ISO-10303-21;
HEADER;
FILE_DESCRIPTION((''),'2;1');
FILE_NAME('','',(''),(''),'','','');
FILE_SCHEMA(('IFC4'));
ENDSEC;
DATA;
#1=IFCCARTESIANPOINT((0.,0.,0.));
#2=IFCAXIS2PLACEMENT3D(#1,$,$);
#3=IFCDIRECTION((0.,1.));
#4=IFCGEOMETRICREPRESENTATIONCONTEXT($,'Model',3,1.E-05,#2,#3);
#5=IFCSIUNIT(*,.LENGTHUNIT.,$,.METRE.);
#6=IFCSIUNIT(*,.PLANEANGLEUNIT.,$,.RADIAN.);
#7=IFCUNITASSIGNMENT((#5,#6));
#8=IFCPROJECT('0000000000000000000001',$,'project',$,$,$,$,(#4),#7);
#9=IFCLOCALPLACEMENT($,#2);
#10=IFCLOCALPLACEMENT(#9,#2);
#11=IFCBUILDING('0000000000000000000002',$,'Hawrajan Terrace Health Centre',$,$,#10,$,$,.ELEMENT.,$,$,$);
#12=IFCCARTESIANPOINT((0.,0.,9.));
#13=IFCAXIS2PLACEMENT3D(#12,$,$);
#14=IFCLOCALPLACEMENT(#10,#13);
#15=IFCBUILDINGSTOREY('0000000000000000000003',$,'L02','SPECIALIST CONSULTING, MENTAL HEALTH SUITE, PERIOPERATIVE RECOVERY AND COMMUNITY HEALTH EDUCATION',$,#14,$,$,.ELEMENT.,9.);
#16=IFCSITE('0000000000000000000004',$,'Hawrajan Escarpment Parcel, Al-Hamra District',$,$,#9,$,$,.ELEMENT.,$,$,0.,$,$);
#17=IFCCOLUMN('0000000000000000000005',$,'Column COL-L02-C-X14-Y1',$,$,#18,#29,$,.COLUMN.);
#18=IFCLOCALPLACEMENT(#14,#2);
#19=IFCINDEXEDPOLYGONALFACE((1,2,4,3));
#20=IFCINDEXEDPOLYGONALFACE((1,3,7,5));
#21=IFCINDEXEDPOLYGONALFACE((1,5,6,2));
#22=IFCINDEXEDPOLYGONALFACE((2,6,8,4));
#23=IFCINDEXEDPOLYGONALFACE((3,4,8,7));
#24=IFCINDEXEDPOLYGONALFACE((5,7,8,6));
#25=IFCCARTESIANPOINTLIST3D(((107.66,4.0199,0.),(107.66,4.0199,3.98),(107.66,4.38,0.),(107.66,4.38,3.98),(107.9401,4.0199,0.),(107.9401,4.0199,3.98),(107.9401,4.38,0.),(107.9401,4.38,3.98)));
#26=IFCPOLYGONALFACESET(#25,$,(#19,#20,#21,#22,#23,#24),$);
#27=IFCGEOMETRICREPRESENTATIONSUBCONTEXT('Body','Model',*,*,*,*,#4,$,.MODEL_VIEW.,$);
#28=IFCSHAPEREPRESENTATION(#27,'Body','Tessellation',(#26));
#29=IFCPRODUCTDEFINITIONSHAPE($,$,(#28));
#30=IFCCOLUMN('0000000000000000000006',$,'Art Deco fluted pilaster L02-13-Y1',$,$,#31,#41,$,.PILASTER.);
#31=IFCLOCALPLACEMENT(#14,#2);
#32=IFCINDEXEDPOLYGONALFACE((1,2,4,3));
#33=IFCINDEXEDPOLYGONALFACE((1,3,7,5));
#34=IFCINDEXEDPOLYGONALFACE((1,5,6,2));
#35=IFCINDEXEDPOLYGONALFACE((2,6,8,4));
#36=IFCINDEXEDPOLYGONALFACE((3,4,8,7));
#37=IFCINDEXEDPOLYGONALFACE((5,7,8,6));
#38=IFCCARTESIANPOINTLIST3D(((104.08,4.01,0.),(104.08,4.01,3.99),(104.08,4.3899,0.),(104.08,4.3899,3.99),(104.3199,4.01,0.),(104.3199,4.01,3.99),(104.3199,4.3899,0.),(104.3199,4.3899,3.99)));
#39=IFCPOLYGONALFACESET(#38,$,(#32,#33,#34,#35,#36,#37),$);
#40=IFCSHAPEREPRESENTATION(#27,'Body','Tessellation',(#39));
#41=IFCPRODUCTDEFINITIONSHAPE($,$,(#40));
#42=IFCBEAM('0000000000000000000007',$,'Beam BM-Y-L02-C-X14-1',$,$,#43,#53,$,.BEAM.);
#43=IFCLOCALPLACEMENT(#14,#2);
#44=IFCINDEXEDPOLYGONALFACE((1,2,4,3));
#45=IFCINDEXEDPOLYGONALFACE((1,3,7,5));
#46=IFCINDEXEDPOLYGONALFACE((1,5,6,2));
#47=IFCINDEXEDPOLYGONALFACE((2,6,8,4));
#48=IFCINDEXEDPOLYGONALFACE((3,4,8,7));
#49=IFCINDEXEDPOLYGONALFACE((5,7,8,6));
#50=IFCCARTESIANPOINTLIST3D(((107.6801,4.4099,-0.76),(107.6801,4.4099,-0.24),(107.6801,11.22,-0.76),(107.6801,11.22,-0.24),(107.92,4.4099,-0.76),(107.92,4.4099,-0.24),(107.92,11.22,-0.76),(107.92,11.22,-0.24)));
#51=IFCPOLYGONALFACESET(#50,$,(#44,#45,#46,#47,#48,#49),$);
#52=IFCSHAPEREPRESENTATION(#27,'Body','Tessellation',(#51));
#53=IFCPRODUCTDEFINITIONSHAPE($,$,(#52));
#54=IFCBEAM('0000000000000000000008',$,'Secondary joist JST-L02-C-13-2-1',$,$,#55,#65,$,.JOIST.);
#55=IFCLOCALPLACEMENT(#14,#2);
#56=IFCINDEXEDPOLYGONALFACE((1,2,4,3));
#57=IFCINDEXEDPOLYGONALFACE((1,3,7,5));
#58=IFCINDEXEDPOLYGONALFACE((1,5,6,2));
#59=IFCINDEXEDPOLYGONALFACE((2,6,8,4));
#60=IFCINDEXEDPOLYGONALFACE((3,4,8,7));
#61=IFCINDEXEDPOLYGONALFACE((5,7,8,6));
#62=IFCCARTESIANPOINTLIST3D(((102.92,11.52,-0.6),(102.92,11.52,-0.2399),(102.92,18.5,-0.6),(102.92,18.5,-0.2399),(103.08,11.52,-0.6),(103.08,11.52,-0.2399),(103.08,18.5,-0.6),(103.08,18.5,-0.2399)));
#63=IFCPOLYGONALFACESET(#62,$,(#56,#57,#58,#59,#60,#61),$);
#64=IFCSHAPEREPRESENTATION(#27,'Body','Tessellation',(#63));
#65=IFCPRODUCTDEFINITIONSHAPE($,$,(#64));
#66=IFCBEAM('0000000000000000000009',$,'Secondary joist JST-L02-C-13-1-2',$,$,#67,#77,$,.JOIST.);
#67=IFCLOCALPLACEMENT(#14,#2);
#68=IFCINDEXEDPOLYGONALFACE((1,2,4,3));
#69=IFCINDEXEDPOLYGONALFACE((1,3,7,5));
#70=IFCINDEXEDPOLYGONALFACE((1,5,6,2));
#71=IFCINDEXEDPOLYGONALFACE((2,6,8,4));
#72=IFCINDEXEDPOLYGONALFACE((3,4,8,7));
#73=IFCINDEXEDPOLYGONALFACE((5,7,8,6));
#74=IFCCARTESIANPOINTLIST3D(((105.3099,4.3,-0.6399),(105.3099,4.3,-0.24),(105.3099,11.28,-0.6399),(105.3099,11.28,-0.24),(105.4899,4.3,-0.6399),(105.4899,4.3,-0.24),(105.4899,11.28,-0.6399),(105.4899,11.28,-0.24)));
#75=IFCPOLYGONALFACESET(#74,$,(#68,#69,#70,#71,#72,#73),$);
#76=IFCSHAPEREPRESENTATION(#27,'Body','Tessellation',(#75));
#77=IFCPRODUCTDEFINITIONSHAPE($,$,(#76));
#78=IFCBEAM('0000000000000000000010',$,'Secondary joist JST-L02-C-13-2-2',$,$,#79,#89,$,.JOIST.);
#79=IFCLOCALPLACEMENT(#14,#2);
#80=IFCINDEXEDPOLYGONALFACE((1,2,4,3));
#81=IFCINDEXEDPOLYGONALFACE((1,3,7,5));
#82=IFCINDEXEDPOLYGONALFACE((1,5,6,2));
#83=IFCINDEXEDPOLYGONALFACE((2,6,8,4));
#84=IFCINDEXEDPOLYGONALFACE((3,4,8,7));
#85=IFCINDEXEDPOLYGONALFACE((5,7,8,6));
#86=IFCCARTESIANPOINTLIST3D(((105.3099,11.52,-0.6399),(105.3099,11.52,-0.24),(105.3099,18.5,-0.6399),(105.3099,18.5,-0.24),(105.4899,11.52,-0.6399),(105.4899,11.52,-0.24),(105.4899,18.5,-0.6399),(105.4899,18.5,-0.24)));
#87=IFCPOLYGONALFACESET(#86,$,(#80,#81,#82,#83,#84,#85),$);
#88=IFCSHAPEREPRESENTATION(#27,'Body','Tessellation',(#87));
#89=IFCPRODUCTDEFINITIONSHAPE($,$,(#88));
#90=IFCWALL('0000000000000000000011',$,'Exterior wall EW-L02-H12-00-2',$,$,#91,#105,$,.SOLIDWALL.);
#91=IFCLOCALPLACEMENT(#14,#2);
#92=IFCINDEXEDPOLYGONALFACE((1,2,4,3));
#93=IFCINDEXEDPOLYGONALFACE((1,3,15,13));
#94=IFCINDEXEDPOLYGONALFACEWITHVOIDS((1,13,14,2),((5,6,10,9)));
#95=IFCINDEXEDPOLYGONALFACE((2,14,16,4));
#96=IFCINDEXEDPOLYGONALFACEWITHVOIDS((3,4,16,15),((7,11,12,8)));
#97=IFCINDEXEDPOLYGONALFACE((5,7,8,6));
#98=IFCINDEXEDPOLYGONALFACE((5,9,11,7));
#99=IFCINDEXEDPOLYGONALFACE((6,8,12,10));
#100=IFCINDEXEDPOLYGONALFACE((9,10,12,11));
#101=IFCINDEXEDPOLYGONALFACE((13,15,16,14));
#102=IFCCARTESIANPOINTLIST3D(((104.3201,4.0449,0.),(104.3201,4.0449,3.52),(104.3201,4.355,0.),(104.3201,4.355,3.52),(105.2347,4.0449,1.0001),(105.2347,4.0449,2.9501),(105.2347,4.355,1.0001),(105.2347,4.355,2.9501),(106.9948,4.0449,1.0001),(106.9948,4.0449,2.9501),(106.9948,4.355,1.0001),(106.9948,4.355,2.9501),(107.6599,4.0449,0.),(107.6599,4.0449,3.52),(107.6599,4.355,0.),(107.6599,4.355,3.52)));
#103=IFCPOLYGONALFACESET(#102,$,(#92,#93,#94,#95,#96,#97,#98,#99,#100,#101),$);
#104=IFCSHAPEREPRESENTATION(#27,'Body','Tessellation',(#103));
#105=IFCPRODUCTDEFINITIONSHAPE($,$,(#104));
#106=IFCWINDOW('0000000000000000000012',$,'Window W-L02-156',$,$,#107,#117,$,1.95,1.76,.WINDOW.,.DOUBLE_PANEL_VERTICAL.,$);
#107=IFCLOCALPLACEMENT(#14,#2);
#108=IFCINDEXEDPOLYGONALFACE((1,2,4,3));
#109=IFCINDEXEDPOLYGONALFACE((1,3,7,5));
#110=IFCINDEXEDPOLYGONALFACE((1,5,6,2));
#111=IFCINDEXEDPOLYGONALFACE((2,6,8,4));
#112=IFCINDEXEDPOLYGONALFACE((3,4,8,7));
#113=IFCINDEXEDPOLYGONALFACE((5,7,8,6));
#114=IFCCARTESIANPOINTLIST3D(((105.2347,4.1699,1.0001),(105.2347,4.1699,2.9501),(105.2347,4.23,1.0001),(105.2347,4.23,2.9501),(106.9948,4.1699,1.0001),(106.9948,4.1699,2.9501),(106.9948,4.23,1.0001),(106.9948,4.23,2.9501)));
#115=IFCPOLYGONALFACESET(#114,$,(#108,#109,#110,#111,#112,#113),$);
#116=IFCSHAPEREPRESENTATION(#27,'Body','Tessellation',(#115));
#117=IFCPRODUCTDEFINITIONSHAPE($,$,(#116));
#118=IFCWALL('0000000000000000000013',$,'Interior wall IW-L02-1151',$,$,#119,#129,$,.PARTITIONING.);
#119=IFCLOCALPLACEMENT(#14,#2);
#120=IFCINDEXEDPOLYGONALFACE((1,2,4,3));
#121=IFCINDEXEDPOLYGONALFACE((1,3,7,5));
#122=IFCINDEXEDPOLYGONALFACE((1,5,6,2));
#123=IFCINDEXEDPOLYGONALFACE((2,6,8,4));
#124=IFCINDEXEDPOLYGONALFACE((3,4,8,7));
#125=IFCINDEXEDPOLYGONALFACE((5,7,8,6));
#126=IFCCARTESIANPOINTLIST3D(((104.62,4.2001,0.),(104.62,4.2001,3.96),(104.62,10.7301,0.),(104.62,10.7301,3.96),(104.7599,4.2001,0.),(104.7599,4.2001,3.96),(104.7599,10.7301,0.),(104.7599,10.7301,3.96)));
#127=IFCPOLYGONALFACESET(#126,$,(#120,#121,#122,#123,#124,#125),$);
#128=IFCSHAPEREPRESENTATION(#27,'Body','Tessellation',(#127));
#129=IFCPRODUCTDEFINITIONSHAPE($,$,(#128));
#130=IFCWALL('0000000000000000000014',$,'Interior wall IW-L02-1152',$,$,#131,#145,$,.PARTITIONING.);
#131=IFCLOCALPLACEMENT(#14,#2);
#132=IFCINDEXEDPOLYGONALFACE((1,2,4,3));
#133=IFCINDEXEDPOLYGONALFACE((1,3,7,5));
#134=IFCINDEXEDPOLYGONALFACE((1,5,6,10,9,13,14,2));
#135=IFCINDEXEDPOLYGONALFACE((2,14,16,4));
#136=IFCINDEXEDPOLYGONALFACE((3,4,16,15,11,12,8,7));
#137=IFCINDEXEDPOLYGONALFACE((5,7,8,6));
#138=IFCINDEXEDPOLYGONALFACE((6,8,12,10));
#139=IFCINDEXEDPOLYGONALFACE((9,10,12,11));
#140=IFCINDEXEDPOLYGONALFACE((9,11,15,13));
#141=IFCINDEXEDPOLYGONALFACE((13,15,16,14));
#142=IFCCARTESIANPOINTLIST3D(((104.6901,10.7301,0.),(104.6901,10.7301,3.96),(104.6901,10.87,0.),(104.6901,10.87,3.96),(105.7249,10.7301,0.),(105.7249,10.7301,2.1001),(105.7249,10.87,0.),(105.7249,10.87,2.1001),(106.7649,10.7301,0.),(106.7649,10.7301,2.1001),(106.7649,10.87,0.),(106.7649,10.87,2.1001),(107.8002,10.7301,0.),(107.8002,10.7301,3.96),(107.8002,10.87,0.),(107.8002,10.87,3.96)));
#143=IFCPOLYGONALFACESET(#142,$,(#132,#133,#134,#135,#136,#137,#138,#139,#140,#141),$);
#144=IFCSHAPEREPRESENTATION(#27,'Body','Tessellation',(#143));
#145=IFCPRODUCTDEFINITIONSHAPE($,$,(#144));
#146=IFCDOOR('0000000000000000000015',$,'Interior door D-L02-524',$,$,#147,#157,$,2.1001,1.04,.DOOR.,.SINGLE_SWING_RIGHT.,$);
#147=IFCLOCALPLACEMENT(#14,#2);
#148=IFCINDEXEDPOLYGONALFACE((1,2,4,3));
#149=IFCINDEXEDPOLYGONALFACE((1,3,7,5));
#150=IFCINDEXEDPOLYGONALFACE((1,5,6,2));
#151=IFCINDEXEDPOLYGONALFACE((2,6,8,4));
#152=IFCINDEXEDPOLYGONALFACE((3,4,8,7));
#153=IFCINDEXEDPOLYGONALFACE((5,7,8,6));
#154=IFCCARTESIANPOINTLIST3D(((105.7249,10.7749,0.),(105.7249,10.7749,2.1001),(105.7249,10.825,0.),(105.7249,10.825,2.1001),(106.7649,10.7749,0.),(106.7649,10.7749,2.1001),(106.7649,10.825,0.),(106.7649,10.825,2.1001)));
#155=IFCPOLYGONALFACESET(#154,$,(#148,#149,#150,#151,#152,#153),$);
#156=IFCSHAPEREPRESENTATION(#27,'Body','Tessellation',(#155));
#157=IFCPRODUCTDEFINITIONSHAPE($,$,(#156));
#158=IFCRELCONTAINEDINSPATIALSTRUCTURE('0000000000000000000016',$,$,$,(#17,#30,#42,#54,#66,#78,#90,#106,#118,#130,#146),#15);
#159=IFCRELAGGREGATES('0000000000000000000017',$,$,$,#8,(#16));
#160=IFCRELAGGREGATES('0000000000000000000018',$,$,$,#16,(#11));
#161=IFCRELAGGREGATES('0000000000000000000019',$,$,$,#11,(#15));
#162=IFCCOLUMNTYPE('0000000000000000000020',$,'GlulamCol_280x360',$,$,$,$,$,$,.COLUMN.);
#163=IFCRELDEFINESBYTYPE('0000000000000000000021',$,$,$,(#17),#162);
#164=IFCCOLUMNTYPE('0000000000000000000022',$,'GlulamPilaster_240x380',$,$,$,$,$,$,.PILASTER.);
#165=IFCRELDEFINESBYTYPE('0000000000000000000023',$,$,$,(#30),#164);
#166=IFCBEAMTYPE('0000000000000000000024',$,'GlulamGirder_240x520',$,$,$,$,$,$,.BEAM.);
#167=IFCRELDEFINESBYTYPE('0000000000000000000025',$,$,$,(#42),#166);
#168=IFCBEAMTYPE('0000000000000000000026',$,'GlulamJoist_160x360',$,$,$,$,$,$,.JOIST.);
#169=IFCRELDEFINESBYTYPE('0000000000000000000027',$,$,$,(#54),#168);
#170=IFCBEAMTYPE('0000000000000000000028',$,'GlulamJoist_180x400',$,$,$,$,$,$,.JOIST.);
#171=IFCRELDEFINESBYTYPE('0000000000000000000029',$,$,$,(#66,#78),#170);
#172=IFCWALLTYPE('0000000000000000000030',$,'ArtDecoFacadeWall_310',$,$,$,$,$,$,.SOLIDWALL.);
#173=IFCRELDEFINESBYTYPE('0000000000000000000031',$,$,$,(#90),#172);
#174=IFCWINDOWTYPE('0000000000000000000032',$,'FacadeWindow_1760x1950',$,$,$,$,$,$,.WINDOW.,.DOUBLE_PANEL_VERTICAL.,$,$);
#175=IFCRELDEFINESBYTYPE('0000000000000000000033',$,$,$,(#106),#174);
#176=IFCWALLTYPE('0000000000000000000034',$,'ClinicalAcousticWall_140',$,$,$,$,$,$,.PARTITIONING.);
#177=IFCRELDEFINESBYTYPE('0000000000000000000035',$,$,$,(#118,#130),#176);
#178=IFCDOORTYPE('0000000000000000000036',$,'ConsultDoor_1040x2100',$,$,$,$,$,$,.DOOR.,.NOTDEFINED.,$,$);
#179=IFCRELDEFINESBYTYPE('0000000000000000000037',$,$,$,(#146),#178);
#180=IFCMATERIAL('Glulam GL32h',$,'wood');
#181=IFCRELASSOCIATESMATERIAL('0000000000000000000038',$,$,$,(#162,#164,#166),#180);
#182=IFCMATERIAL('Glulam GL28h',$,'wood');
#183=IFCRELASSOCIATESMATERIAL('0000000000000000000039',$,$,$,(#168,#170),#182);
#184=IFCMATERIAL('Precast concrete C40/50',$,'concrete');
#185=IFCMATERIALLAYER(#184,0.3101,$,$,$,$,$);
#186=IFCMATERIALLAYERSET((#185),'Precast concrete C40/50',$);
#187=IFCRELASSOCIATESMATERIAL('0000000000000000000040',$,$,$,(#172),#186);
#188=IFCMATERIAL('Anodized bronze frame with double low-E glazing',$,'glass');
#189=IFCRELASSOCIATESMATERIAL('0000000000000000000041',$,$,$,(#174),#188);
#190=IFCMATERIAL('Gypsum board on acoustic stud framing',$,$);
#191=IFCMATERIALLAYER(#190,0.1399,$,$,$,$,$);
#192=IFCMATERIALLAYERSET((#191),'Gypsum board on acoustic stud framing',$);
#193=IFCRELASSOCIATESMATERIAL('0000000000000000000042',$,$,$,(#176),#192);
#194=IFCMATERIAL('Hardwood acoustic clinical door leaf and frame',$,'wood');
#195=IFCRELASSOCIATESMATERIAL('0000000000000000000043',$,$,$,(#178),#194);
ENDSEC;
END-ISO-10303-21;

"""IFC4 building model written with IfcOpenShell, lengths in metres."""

from ifc_helpers import new_model, si_unit, direction, frame, frame_2d, origin, origin_2d, place, context, subcontext, project, spatial, rectangle, extrude, material, layer, layer_set, material_profile, profile_set, type_object, element, fill, save


model = new_model("IFC4")

# Units and contexts
model_context = context("Model", 3, precision=1e-05, world=origin(), true_north=direction((0.0, 1.0)))
body_context = subcontext(model_context, "Body", "Model", "MODEL_VIEW")
ifc_project = project(units=[si_unit("LENGTHUNIT", "METRE"), si_unit("PLANEANGLEUNIT", "RADIAN")], contexts=[model_context])

# Site, building, storey
site_placement = place(None, origin())
site = spatial("IfcSite", under=ifc_project, at=site_placement, Name="Hawrajan Escarpment Parcel, Al-Hamra District", CompositionType="ELEMENT", RefElevation=0.0)
building_placement = place(site_placement, origin())
building = spatial("IfcBuilding", under=site, at=building_placement, Name="Hawrajan Terrace Health Centre", CompositionType="ELEMENT")
storey_placement = place(building_placement, frame((0.0, 0.0, 9.0)))
storey = spatial("IfcBuildingStorey", under=building, at=storey_placement, Name="L02", Description="SPECIALIST CONSULTING, MENTAL HEALTH SUITE, PERIOPERATIVE RECOVERY AND COMMUNITY HEALTH EDUCATION", CompositionType="ELEMENT", Elevation=9.0)

# Columns
ifc_material_1 = material(Name="Glulam GL32h", Category="wood")
ifc_material_profile_1 = material_profile(ifc_material_1, rectangle(XDim=0.28, YDim=0.3601, at=origin_2d()), Name="GL 280x360")
ifc_profile_set_1 = profile_set([ifc_material_profile_1], Name="Glulam GL32h")
column_type_1 = type_object("IfcColumnType", Name="GlulamCol_280x360", PredefinedType="COLUMN", material=ifc_profile_set_1)
column_1_placement = place(storey_placement, frame((107.8, 4.2, 0.0), z_axis=(0.0, 0.0, 1.0), x_axis=(1.0, 0.0, 0.0)))
element("IfcColumn", 1, at=column_1_placement, inside=storey, type_object=column_type_1, Name="Column COL-L02-C-X14-Y1", PredefinedType="COLUMN", context=body_context, shape_type="SweptSolid", body=[
    extrude(rectangle(XDim=0.28, YDim=0.3601, at=origin_2d()), origin(), (0.0, 0.0, 1.0), 3.98),
])
ifc_material_profile_2 = material_profile(ifc_material_1, rectangle(XDim=0.24, YDim=0.3799, at=origin_2d()), Name="GL PIL 240x380")
ifc_profile_set_2 = profile_set([ifc_material_profile_2], Name="Glulam GL32h")
column_type_2 = type_object("IfcColumnType", Name="GlulamPilaster_240x380", PredefinedType="PILASTER", material=ifc_profile_set_2)
column_2_placement = place(storey_placement, frame((104.2, 4.2, 0.0), z_axis=(0.0, 0.0, 1.0), x_axis=(1.0, 0.0, 0.0)))
element("IfcColumn", 2, at=column_2_placement, inside=storey, type_object=column_type_2, Name="Art Deco fluted pilaster L02-13-Y1", PredefinedType="PILASTER", context=body_context, shape_type="SweptSolid", body=[
    extrude(rectangle(XDim=0.24, YDim=0.3799, at=origin_2d()), origin(), (0.0, 0.0, 1.0), 3.99),
])

# Beams
ifc_material_profile_3 = material_profile(ifc_material_1, rectangle(XDim=0.24, YDim=0.52, at=origin_2d()), Name="GL BM 240x520")
ifc_profile_set_3 = profile_set([ifc_material_profile_3], Name="Glulam GL32h")
beam_type_1 = type_object("IfcBeamType", Name="GlulamGirder_240x520", PredefinedType="BEAM", material=ifc_profile_set_3)
beam_1_placement = place(storey_placement, frame((107.8, 4.4099, -0.5), z_axis=(0.0, 1.0, 0.0), x_axis=(-1.0, 0.0, 0.0)))
element("IfcBeam", 3, at=beam_1_placement, inside=storey, type_object=beam_type_1, Name="Beam BM-Y-L02-C-X14-1", PredefinedType="BEAM", context=body_context, shape_type="SweptSolid", body=[
    extrude(rectangle(XDim=0.24, YDim=0.52, at=origin_2d()), origin(), (0.0, 0.0, 1.0), 6.8101),
])
ifc_material_2 = material(Name="Glulam GL28h", Category="wood")
ifc_material_profile_4 = material_profile(ifc_material_2, rectangle(XDim=0.1599, YDim=0.3601, at=origin_2d()), Name="GL JST 160x360")
ifc_profile_set_4 = profile_set([ifc_material_profile_4], Name="Glulam GL28h")
beam_type_2 = type_object("IfcBeamType", Name="GlulamJoist_160x360", PredefinedType="JOIST", material=ifc_profile_set_4)
beam_2_placement = place(storey_placement, frame((103.0, 11.52, -0.4199), z_axis=(0.0, 1.0, 0.0), x_axis=(-1.0, 0.0, 0.0)))
element("IfcBeam", 4, at=beam_2_placement, inside=storey, type_object=beam_type_2, Name="Secondary joist JST-L02-C-13-2-1", PredefinedType="JOIST", context=body_context, shape_type="SweptSolid", body=[
    extrude(rectangle(XDim=0.1599, YDim=0.3601, at=origin_2d()), origin(), (0.0, 0.0, 1.0), 6.98),
])
ifc_material_profile_5 = material_profile(ifc_material_2, rectangle(XDim=0.1799, YDim=0.3999, at=origin_2d()), Name="GL JST 180x400")
ifc_profile_set_5 = profile_set([ifc_material_profile_5], Name="Glulam GL28h")
beam_type_3 = type_object("IfcBeamType", Name="GlulamJoist_180x400", PredefinedType="JOIST", material=ifc_profile_set_5)
for number, where, z_axis, x_axis, name in (
    (5, (105.3999, 4.3, -0.4399), (0.0, 1.0, 0.0), (-1.0, 0.0, 0.0), "Secondary joist JST-L02-C-13-1-2"),
    (6, (105.3999, 11.52, -0.4399), (0.0, 1.0, 0.0), (-1.0, 0.0, 0.0), "Secondary joist JST-L02-C-13-2-2"),
):
    element("IfcBeam", number, at=place(storey_placement, frame(where, z_axis=z_axis, x_axis=x_axis)), inside=storey, type_object=beam_type_3, Name=name, PredefinedType="JOIST", context=body_context, shape_type="SweptSolid", body=[
        extrude(rectangle(XDim=0.1799, YDim=0.3999, at=origin_2d()), origin(), (0.0, 0.0, 1.0), 6.98),
    ])

# Wall, opening, window
ifc_material_3 = material(Name="Precast concrete C40/50", Category="concrete")
ifc_layer_1 = layer(ifc_material_3, 0.3101)
ifc_layer_set_1 = layer_set([ifc_layer_1], Name="Precast concrete C40/50")
wall_type_1 = type_object("IfcWallType", Name="ArtDecoFacadeWall_310", PredefinedType="SOLIDWALL", material=ifc_layer_set_1)
wall_1_placement = place(storey_placement, frame((104.3201, 4.2, 0.0), z_axis=(0.0, 0.0, 1.0), x_axis=(1.0, 0.0, 0.0)))
wall_1 = element("IfcWall", 7, at=wall_1_placement, inside=storey, type_object=wall_type_1, Name="Exterior wall EW-L02-H12-00-2", PredefinedType="SOLIDWALL", context=body_context, shape_type="SweptSolid", body=[
    extrude(rectangle(XDim=3.3398, YDim=0.3101, at=frame_2d((1.6699, 0.0))), origin(), (0.0, 0.0, 1.0), 3.52),
])
opening_1_placement = place(wall_1_placement, frame((0.9148, 0.0, 1.0)))
opening_1 = element("IfcOpeningElement", 8, at=opening_1_placement, cuts=wall_1, PredefinedType="OPENING", context=body_context, shape_type="SweptSolid", body=[
    extrude(rectangle(XDim=1.76, YDim=1.95, at=frame_2d((0.8799, 0.9751))), frame((0.0, 0.165, 0.0), z_axis=(0.0, -1.0, 0.0), x_axis=(1.0, 0.0, 0.0)), (0.0, 0.0, 1.0), 0.3301),
])
ifc_material_4 = material(Name="Anodized bronze frame with double low-E glazing", Category="glass")
window_type = type_object("IfcWindowType", Name="FacadeWindow_1760x1950", PartitioningType="DOUBLE_PANEL_VERTICAL", PredefinedType="WINDOW", material=ifc_material_4)
window_placement = place(opening_1_placement, origin())
window = element("IfcWindow", 9, at=window_placement, inside=storey, type_object=window_type, Name="Window W-L02-156", OverallHeight=1.95, OverallWidth=1.76, PartitioningType="DOUBLE_PANEL_VERTICAL", PredefinedType="WINDOW", context=body_context, shape_type="SweptSolid", body=[
    extrude(rectangle(XDim=1.76, YDim=1.95, at=frame_2d((0.8799, 0.9751))), frame((0.0, 0.03, 0.0), z_axis=(0.0, -1.0, 0.0), x_axis=(1.0, 0.0, 0.0)), (0.0, 0.0, 1.0), 0.0601),
])
fill(opening_1, window)

# Wall
ifc_material_5 = material(Name="Gypsum board on acoustic stud framing")
ifc_layer_2 = layer(ifc_material_5, 0.1399)
ifc_layer_set_2 = layer_set([ifc_layer_2], Name="Gypsum board on acoustic stud framing")
wall_type_2 = type_object("IfcWallType", Name="ClinicalAcousticWall_140", PredefinedType="PARTITIONING", material=ifc_layer_set_2)
wall_2_placement = place(storey_placement, frame((104.6899, 4.2, 0.0), z_axis=(0.0, 0.0, 1.0), x_axis=(0.0, 1.0, 0.0)))
element("IfcWall", 10, at=wall_2_placement, inside=storey, type_object=wall_type_2, Name="Interior wall IW-L02-1151", PredefinedType="PARTITIONING", context=body_context, shape_type="SweptSolid", body=[
    extrude(rectangle(XDim=6.53, YDim=0.1399, at=frame_2d((3.2651, 0.0))), origin(), (0.0, 0.0, 1.0), 3.96),
])

# Wall, opening, door
wall_3_placement = place(storey_placement, frame((104.6899, 10.8, 0.0), z_axis=(0.0, 0.0, 1.0), x_axis=(1.0, 0.0, 0.0)))
wall_3 = element("IfcWall", 11, at=wall_3_placement, inside=storey, type_object=wall_type_2, Name="Interior wall IW-L02-1152", PredefinedType="PARTITIONING", context=body_context, shape_type="SweptSolid", body=[
    extrude(rectangle(XDim=3.1101, YDim=0.1399, at=frame_2d((1.5552, 0.0))), origin(), (0.0, 0.0, 1.0), 3.96),
])
opening_2_placement = place(wall_3_placement, frame((1.0349, 0.0, 0.0)))
opening_2 = element("IfcOpeningElement", 12, at=opening_2_placement, cuts=wall_3, PredefinedType="OPENING", context=body_context, shape_type="SweptSolid", body=[
    extrude(rectangle(XDim=1.04, YDim=2.1001, at=frame_2d((0.52, 1.05))), frame((0.0, 0.0798, 0.0), z_axis=(0.0, -1.0, 0.0), x_axis=(1.0, 0.0, 0.0)), (0.0, 0.0, 1.0), 0.1599),
])
ifc_material_6 = material(Name="Hardwood acoustic clinical door leaf and frame", Category="wood")
door_type_1 = type_object("IfcDoorType", Name="ConsultDoor_1040x2100", OperationType="NOTDEFINED", PredefinedType="DOOR", material=ifc_material_6)
door_1_placement = place(opening_2_placement, origin())
door_1 = element("IfcDoor", 13, at=door_1_placement, inside=storey, type_object=door_type_1, Name="Interior door D-L02-524", OperationType="SINGLE_SWING_RIGHT", OverallHeight=2.1001, OverallWidth=1.04, PredefinedType="DOOR", context=body_context, shape_type="SweptSolid", body=[
    extrude(rectangle(XDim=1.04, YDim=2.1001, at=frame_2d((0.52, 1.05))), frame((0.0, 0.0249, 0.0), z_axis=(0.0, -1.0, 0.0), x_axis=(1.0, 0.0, 0.0)), (0.0, 0.0, 1.0), 0.05),
])
fill(opening_2, door_1)

save(model, "model.ifc")
